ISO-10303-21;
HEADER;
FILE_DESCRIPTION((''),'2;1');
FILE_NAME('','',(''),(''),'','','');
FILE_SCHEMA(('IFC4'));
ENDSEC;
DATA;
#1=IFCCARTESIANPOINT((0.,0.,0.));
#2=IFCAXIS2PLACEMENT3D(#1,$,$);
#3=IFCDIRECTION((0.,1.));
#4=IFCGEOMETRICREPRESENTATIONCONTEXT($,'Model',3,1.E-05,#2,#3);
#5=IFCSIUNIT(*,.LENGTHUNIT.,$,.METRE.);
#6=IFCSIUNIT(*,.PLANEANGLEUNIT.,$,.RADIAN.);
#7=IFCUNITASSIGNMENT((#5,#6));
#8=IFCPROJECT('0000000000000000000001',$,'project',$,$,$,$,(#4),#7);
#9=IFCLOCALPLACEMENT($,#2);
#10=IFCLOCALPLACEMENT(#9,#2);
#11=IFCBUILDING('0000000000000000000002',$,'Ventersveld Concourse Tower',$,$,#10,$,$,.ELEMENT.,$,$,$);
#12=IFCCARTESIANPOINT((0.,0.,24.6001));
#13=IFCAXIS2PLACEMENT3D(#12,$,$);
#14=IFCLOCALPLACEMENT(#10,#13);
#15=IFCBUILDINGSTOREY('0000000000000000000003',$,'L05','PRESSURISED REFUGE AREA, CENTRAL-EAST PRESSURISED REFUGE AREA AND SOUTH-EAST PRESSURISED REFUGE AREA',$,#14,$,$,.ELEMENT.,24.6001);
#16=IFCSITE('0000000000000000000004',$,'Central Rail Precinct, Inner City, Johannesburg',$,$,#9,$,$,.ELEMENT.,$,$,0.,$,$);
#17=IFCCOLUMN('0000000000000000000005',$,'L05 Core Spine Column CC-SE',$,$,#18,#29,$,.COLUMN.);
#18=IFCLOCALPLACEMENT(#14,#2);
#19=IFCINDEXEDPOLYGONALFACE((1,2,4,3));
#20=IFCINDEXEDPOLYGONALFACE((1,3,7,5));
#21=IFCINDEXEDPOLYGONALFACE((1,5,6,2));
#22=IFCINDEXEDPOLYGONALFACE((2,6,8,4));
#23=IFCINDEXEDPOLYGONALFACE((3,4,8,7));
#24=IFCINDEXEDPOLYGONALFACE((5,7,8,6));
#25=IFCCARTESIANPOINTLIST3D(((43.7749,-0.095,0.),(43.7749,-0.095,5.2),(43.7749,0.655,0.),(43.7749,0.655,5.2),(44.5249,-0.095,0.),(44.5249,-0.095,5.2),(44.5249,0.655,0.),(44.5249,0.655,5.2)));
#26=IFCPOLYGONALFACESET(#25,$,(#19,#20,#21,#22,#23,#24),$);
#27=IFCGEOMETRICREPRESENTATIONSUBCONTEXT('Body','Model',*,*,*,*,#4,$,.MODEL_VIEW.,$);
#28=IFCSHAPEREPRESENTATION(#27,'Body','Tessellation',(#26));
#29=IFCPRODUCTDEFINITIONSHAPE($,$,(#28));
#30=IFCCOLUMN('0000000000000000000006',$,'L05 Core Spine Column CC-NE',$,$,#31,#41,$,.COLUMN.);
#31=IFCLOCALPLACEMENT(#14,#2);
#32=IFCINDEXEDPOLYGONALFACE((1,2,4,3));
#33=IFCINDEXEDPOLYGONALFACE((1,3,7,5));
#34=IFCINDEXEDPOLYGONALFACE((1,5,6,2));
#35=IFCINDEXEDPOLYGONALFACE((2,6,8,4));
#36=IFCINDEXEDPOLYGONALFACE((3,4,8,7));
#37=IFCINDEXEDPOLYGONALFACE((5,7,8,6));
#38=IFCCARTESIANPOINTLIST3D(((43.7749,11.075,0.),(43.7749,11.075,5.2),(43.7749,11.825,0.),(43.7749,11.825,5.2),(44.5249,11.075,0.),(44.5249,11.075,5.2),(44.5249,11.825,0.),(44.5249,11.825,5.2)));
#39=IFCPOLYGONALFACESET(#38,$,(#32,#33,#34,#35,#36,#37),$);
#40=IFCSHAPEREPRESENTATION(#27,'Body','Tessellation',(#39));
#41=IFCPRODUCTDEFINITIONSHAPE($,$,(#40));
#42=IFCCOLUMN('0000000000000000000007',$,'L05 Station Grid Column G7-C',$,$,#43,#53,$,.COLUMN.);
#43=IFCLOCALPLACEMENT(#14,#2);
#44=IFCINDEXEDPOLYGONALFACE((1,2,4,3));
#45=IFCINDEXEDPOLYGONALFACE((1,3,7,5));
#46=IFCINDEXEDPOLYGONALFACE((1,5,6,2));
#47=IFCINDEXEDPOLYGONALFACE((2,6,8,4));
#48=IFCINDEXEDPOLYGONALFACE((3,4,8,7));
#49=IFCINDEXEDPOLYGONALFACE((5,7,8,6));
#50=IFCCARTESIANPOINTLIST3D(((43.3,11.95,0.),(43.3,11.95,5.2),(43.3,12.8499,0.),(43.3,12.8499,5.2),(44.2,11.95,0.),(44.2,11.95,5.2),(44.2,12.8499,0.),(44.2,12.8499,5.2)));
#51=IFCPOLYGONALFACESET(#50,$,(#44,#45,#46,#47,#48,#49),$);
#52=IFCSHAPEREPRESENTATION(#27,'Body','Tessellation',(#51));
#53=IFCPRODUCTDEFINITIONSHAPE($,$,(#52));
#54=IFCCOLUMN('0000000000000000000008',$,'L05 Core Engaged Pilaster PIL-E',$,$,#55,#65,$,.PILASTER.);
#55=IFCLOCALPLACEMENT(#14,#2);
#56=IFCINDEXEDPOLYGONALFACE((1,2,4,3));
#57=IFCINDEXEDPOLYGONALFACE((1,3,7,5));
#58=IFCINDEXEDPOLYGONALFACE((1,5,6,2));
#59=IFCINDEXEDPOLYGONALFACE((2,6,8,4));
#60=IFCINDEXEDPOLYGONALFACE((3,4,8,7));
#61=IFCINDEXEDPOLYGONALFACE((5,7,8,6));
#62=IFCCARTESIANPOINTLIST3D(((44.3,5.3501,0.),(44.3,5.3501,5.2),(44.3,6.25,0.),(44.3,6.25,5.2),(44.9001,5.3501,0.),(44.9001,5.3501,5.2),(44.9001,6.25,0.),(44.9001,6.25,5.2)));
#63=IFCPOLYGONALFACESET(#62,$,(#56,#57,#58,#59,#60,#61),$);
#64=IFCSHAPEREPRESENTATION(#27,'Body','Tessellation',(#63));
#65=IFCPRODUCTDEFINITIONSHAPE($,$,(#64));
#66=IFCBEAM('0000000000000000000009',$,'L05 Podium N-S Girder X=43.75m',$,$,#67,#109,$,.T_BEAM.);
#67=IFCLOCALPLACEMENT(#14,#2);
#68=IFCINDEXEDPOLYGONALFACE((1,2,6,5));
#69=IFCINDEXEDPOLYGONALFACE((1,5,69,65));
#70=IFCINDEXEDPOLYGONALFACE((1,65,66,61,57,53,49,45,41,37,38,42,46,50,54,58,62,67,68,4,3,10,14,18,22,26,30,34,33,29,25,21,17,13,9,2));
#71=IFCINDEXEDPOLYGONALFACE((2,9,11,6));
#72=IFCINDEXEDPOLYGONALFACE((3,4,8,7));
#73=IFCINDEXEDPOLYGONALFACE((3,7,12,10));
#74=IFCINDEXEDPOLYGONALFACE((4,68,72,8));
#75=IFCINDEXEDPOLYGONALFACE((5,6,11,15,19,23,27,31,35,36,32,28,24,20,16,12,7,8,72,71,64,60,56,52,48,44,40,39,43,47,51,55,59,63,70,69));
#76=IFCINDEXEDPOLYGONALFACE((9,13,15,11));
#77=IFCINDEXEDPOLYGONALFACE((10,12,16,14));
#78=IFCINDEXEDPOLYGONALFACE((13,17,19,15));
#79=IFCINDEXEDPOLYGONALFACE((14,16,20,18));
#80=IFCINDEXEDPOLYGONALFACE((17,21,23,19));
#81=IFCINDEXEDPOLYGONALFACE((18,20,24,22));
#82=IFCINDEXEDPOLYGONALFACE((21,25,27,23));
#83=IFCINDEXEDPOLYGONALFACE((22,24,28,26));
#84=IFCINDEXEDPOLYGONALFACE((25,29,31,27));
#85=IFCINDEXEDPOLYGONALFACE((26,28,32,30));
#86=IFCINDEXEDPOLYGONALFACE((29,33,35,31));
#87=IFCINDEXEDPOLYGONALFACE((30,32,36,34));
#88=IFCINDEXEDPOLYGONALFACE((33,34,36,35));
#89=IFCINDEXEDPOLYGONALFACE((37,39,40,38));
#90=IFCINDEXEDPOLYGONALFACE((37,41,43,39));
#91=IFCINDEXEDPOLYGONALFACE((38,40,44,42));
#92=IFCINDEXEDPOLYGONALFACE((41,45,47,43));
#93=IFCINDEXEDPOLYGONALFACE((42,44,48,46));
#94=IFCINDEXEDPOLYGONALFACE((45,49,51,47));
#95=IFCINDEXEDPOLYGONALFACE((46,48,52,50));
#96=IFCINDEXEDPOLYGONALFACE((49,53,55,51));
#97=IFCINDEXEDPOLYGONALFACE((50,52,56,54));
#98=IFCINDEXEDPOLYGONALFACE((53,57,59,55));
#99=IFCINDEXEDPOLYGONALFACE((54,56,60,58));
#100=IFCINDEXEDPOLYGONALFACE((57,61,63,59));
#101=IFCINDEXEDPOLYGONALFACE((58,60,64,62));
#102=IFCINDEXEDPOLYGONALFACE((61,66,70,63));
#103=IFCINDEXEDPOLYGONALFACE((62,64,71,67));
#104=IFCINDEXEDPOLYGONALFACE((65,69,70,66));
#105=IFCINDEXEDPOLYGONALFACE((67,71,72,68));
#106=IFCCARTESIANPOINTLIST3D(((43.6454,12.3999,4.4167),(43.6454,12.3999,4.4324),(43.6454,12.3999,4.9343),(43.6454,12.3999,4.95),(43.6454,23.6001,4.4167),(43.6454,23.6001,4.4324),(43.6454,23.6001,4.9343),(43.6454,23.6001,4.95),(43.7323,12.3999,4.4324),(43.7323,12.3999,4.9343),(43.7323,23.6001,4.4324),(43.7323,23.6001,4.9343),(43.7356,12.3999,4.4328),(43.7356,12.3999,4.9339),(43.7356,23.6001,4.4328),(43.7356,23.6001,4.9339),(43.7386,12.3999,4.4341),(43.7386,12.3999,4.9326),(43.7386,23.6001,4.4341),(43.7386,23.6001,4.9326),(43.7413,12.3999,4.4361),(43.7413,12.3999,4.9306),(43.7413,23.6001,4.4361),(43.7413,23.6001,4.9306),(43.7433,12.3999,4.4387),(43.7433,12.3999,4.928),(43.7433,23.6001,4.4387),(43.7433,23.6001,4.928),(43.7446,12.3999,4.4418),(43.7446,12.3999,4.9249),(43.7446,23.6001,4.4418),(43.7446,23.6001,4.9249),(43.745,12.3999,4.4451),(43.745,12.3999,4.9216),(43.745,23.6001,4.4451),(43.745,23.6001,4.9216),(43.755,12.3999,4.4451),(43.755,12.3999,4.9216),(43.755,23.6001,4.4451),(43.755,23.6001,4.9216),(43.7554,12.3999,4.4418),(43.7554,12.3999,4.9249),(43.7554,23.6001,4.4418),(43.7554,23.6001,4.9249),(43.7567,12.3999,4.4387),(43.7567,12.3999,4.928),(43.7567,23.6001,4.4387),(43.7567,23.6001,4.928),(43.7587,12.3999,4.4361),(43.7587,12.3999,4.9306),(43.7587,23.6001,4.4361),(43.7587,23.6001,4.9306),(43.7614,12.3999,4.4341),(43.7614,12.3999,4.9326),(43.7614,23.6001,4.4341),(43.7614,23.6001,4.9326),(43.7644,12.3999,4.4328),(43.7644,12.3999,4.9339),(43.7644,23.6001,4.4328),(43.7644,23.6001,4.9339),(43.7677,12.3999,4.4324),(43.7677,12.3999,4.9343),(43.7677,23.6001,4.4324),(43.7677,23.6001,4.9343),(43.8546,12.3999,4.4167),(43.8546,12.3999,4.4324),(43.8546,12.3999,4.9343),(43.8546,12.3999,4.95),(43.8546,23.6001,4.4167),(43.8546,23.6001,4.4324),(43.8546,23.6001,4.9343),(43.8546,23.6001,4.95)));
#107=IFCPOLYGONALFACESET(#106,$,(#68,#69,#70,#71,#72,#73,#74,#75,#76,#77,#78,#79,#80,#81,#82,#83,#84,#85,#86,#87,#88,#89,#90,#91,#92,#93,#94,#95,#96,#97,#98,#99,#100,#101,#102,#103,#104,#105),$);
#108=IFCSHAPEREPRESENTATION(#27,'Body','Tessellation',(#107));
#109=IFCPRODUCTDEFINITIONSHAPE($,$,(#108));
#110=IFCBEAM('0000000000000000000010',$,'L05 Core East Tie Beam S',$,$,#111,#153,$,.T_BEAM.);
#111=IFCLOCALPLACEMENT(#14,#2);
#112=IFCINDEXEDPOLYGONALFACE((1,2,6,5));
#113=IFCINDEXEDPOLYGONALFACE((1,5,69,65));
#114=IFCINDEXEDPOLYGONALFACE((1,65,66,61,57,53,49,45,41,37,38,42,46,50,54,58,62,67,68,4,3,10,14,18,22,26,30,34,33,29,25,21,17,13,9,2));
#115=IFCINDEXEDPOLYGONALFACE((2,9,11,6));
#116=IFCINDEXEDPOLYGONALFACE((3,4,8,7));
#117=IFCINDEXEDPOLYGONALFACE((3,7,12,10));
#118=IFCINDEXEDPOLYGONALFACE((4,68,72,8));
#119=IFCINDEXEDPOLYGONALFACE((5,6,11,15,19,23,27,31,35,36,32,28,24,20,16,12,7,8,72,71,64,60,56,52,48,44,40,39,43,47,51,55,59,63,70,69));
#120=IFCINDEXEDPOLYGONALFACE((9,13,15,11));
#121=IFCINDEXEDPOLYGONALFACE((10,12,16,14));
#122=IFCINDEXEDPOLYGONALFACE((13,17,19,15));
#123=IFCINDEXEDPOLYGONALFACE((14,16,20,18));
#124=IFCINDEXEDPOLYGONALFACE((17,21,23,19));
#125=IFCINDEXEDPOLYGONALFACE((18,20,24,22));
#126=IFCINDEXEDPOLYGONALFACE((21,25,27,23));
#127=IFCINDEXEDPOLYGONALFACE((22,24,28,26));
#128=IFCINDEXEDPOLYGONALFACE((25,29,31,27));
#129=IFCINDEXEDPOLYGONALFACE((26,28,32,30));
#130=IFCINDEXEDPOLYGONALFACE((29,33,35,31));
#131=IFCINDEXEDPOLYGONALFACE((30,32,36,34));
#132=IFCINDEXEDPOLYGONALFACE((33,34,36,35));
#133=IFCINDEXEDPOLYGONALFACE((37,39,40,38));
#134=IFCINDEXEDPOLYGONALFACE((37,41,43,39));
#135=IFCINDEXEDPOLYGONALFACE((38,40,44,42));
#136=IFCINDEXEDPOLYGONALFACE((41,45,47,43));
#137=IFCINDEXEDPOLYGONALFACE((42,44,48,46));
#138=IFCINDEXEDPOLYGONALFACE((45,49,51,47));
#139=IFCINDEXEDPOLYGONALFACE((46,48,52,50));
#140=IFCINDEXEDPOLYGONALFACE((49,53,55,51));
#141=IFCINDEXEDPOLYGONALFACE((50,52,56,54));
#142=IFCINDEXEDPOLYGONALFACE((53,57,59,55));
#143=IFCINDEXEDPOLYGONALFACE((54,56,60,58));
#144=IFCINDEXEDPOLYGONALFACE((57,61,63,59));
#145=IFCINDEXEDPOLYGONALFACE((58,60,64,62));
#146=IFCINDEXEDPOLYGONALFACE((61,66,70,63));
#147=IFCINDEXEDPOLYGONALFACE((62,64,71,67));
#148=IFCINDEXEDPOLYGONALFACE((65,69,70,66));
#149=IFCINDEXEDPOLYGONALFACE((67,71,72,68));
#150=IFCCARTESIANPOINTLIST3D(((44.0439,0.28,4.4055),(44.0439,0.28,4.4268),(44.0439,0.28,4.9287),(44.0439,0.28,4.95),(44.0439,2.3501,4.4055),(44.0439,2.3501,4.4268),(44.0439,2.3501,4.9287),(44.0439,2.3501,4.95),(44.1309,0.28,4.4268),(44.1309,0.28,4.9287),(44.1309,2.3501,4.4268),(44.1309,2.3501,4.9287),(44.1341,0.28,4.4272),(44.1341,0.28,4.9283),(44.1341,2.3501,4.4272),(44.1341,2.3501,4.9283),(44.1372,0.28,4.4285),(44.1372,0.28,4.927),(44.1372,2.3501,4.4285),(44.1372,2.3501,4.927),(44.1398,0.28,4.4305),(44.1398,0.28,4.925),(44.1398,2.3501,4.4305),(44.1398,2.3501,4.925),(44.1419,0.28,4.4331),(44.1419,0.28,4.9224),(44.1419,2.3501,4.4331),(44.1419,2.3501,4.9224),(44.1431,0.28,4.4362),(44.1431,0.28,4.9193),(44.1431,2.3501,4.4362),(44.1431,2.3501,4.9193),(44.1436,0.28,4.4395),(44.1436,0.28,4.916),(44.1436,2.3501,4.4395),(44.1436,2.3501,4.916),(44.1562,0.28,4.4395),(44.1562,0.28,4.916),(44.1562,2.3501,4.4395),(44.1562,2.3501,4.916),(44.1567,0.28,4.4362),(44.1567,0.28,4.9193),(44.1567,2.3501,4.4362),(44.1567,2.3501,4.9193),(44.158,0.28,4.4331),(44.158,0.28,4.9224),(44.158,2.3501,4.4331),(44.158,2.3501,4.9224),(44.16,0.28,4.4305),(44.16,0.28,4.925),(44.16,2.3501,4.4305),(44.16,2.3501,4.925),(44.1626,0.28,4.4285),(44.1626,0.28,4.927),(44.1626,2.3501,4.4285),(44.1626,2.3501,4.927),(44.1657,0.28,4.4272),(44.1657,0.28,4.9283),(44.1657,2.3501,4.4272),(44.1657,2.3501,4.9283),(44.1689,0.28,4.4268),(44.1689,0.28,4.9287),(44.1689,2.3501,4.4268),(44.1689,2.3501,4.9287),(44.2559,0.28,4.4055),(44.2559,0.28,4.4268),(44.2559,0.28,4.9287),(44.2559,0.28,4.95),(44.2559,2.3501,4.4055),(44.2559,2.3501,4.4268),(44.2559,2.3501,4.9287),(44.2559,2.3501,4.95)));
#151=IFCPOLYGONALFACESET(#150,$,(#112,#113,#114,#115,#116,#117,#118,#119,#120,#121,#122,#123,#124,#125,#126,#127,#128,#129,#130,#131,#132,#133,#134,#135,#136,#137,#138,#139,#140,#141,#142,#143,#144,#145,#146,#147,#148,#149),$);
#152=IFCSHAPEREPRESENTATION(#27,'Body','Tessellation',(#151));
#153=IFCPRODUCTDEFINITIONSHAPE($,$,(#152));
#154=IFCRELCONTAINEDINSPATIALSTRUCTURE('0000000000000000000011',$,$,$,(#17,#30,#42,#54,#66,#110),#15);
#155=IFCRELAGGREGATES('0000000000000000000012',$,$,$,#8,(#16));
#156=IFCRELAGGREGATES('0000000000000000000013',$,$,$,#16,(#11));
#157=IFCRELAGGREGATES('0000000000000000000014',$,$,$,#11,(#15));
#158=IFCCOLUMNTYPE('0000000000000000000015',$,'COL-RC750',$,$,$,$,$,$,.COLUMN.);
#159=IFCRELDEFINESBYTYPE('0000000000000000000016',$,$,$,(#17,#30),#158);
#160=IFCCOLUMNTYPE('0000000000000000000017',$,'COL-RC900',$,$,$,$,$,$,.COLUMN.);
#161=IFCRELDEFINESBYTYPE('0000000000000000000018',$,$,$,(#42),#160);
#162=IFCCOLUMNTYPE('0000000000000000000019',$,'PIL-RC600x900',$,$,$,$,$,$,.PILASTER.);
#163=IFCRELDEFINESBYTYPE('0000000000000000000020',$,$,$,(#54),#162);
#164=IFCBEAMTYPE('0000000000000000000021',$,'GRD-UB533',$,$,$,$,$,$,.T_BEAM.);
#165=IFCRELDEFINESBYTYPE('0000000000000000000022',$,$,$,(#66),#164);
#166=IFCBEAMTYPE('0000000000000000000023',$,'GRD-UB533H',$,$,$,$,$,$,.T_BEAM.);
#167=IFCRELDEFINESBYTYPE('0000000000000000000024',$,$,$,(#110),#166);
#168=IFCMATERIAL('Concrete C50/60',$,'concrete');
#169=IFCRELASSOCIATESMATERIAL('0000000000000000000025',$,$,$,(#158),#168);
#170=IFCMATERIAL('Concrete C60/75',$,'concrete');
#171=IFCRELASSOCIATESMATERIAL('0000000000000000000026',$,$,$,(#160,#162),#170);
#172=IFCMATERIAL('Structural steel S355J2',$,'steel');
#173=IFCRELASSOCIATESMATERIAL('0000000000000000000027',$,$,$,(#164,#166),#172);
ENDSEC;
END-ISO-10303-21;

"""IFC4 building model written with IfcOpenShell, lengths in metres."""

from ifc_helpers import new_model, si_unit, direction, frame, origin, origin_2d, place, context, subcontext, project, spatial, rectangle, i_section, extrude, material, material_profile, profile_set, type_object, element, save


model = new_model("IFC4")

# Units and contexts
model_context = context("Model", 3, precision=1e-05, world=origin(), true_north=direction((0.0, 1.0)))
body_context = subcontext(model_context, "Body", "Model", "MODEL_VIEW")
ifc_project = project(units=[si_unit("LENGTHUNIT", "METRE"), si_unit("PLANEANGLEUNIT", "RADIAN")], contexts=[model_context])

# Site, building, storey
site_placement = place(None, origin())
site = spatial("IfcSite", under=ifc_project, at=site_placement, Name="Central Rail Precinct, Inner City, Johannesburg", CompositionType="ELEMENT", RefElevation=0.0)
building_placement = place(site_placement, origin())
building = spatial("IfcBuilding", under=site, at=building_placement, Name="Ventersveld Concourse Tower", CompositionType="ELEMENT")
storey_placement = place(building_placement, frame((0.0, 0.0, 24.6001)))
storey = spatial("IfcBuildingStorey", under=building, at=storey_placement, Name="L05", Description="PRESSURISED REFUGE AREA, CENTRAL-EAST PRESSURISED REFUGE AREA AND SOUTH-EAST PRESSURISED REFUGE AREA", CompositionType="ELEMENT", Elevation=24.6001)

# Columns
ifc_material_1 = material(Name="Concrete C50/60", Category="concrete")
ifc_material_profile_1 = material_profile(ifc_material_1, rectangle(XDim=0.75, YDim=0.75, at=origin_2d()), Name="RC 750x750")
ifc_profile_set_1 = profile_set([ifc_material_profile_1], Name="Concrete C50/60")
column_type_1 = type_object("IfcColumnType", Name="COL-RC750", PredefinedType="COLUMN", material=ifc_profile_set_1)
for number, where, z_axis, x_axis, name in (
    (1, (44.1499, 0.28, 0.0), (0.0, 0.0, 1.0), (1.0, 0.0, 0.0), "L05 Core Spine Column CC-SE"),
    (2, (44.1499, 11.45, 0.0), (0.0, 0.0, 1.0), (1.0, 0.0, 0.0), "L05 Core Spine Column CC-NE"),
):
    element("IfcColumn", number, at=place(storey_placement, frame(where, z_axis=z_axis, x_axis=x_axis)), inside=storey, type_object=column_type_1, Name=name, PredefinedType="COLUMN", context=body_context, shape_type="SweptSolid", body=[
        extrude(rectangle(XDim=0.75, YDim=0.75, at=origin_2d()), origin(), (0.0, 0.0, 1.0), 5.2),
    ])
ifc_material_2 = material(Name="Concrete C60/75", Category="concrete")
ifc_material_profile_2 = material_profile(ifc_material_2, rectangle(XDim=0.8999, YDim=0.8999, at=origin_2d()), Name="RC 900x900")
ifc_profile_set_2 = profile_set([ifc_material_profile_2], Name="Concrete C60/75")
column_type_2 = type_object("IfcColumnType", Name="COL-RC900", PredefinedType="COLUMN", material=ifc_profile_set_2)
column_1_placement = place(storey_placement, frame((43.75, 12.3999, 0.0), z_axis=(0.0, 0.0, 1.0), x_axis=(1.0, 0.0, 0.0)))
element("IfcColumn", 3, at=column_1_placement, inside=storey, type_object=column_type_2, Name="L05 Station Grid Column G7-C", PredefinedType="COLUMN", context=body_context, shape_type="SweptSolid", body=[
    extrude(rectangle(XDim=0.8999, YDim=0.8999, at=origin_2d()), origin(), (0.0, 0.0, 1.0), 5.2),
])
ifc_material_profile_3 = material_profile(ifc_material_2, rectangle(XDim=0.6001, YDim=0.8999, at=origin_2d()), Name="RC 600x900")
ifc_profile_set_3 = profile_set([ifc_material_profile_3], Name="Concrete C60/75")
column_type_3 = type_object("IfcColumnType", Name="PIL-RC600x900", PredefinedType="PILASTER", material=ifc_profile_set_3)
column_2_placement = place(storey_placement, frame((44.6001, 5.8, 0.0), z_axis=(0.0, 0.0, 1.0), x_axis=(1.0, 0.0, 0.0)))
element("IfcColumn", 4, at=column_2_placement, inside=storey, type_object=column_type_3, Name="L05 Core Engaged Pilaster PIL-E", PredefinedType="PILASTER", context=body_context, shape_type="SweptSolid", body=[
    extrude(rectangle(XDim=0.6001, YDim=0.8999, at=origin_2d()), origin(), (0.0, 0.0, 1.0), 5.2),
])

# Beams
ifc_material_3 = material(Name="Structural steel S355J2", Category="steel")
ifc_material_profile_4 = material_profile(ifc_material_3, i_section(OverallWidth=0.2092, OverallDepth=0.5332, WebThickness=0.01, FlangeThickness=0.0156, FilletRadius=0.0127, at=origin_2d()), Name="UB 533x210x92")
ifc_profile_set_4 = profile_set([ifc_material_profile_4], Name="Structural steel S355J2")
beam_type_1 = type_object("IfcBeamType", Name="GRD-UB533", PredefinedType="T_BEAM", material=ifc_profile_set_4)
beam_1_placement = place(storey_placement, frame((43.75, 12.3999, 4.6833), z_axis=(0.0, 1.0, 0.0), x_axis=(-1.0, 0.0, 0.0)))
element("IfcBeam", 5, at=beam_1_placement, inside=storey, type_object=beam_type_1, Name="L05 Podium N-S Girder X=43.75m", PredefinedType="T_BEAM", context=body_context, shape_type="SweptSolid", body=[
    extrude(i_section(OverallWidth=0.2092, OverallDepth=0.5332, WebThickness=0.01, FlangeThickness=0.0156, FilletRadius=0.0127, at=origin_2d()), origin(), (0.0, 0.0, 1.0), 11.2002),
])
ifc_material_profile_5 = material_profile(ifc_material_3, i_section(OverallWidth=0.2119, OverallDepth=0.5444, WebThickness=0.0127, FlangeThickness=0.0212, FilletRadius=0.0127, at=origin_2d()), Name="UB 533x210x122")
ifc_profile_set_5 = profile_set([ifc_material_profile_5], Name="Structural steel S355J2")
beam_type_2 = type_object("IfcBeamType", Name="GRD-UB533H", PredefinedType="T_BEAM", material=ifc_profile_set_5)
beam_2_placement = place(storey_placement, frame((44.1499, 0.28, 4.6777), z_axis=(0.0, 1.0, 0.0), x_axis=(-1.0, 0.0, 0.0)))
element("IfcBeam", 6, at=beam_2_placement, inside=storey, type_object=beam_type_2, Name="L05 Core East Tie Beam S", PredefinedType="T_BEAM", context=body_context, shape_type="SweptSolid", body=[
    extrude(i_section(OverallWidth=0.2119, OverallDepth=0.5444, WebThickness=0.0127, FlangeThickness=0.0212, FilletRadius=0.0127, at=origin_2d()), origin(), (0.0, 0.0, 1.0), 2.0701),
])

save(model, "model.ifc")
